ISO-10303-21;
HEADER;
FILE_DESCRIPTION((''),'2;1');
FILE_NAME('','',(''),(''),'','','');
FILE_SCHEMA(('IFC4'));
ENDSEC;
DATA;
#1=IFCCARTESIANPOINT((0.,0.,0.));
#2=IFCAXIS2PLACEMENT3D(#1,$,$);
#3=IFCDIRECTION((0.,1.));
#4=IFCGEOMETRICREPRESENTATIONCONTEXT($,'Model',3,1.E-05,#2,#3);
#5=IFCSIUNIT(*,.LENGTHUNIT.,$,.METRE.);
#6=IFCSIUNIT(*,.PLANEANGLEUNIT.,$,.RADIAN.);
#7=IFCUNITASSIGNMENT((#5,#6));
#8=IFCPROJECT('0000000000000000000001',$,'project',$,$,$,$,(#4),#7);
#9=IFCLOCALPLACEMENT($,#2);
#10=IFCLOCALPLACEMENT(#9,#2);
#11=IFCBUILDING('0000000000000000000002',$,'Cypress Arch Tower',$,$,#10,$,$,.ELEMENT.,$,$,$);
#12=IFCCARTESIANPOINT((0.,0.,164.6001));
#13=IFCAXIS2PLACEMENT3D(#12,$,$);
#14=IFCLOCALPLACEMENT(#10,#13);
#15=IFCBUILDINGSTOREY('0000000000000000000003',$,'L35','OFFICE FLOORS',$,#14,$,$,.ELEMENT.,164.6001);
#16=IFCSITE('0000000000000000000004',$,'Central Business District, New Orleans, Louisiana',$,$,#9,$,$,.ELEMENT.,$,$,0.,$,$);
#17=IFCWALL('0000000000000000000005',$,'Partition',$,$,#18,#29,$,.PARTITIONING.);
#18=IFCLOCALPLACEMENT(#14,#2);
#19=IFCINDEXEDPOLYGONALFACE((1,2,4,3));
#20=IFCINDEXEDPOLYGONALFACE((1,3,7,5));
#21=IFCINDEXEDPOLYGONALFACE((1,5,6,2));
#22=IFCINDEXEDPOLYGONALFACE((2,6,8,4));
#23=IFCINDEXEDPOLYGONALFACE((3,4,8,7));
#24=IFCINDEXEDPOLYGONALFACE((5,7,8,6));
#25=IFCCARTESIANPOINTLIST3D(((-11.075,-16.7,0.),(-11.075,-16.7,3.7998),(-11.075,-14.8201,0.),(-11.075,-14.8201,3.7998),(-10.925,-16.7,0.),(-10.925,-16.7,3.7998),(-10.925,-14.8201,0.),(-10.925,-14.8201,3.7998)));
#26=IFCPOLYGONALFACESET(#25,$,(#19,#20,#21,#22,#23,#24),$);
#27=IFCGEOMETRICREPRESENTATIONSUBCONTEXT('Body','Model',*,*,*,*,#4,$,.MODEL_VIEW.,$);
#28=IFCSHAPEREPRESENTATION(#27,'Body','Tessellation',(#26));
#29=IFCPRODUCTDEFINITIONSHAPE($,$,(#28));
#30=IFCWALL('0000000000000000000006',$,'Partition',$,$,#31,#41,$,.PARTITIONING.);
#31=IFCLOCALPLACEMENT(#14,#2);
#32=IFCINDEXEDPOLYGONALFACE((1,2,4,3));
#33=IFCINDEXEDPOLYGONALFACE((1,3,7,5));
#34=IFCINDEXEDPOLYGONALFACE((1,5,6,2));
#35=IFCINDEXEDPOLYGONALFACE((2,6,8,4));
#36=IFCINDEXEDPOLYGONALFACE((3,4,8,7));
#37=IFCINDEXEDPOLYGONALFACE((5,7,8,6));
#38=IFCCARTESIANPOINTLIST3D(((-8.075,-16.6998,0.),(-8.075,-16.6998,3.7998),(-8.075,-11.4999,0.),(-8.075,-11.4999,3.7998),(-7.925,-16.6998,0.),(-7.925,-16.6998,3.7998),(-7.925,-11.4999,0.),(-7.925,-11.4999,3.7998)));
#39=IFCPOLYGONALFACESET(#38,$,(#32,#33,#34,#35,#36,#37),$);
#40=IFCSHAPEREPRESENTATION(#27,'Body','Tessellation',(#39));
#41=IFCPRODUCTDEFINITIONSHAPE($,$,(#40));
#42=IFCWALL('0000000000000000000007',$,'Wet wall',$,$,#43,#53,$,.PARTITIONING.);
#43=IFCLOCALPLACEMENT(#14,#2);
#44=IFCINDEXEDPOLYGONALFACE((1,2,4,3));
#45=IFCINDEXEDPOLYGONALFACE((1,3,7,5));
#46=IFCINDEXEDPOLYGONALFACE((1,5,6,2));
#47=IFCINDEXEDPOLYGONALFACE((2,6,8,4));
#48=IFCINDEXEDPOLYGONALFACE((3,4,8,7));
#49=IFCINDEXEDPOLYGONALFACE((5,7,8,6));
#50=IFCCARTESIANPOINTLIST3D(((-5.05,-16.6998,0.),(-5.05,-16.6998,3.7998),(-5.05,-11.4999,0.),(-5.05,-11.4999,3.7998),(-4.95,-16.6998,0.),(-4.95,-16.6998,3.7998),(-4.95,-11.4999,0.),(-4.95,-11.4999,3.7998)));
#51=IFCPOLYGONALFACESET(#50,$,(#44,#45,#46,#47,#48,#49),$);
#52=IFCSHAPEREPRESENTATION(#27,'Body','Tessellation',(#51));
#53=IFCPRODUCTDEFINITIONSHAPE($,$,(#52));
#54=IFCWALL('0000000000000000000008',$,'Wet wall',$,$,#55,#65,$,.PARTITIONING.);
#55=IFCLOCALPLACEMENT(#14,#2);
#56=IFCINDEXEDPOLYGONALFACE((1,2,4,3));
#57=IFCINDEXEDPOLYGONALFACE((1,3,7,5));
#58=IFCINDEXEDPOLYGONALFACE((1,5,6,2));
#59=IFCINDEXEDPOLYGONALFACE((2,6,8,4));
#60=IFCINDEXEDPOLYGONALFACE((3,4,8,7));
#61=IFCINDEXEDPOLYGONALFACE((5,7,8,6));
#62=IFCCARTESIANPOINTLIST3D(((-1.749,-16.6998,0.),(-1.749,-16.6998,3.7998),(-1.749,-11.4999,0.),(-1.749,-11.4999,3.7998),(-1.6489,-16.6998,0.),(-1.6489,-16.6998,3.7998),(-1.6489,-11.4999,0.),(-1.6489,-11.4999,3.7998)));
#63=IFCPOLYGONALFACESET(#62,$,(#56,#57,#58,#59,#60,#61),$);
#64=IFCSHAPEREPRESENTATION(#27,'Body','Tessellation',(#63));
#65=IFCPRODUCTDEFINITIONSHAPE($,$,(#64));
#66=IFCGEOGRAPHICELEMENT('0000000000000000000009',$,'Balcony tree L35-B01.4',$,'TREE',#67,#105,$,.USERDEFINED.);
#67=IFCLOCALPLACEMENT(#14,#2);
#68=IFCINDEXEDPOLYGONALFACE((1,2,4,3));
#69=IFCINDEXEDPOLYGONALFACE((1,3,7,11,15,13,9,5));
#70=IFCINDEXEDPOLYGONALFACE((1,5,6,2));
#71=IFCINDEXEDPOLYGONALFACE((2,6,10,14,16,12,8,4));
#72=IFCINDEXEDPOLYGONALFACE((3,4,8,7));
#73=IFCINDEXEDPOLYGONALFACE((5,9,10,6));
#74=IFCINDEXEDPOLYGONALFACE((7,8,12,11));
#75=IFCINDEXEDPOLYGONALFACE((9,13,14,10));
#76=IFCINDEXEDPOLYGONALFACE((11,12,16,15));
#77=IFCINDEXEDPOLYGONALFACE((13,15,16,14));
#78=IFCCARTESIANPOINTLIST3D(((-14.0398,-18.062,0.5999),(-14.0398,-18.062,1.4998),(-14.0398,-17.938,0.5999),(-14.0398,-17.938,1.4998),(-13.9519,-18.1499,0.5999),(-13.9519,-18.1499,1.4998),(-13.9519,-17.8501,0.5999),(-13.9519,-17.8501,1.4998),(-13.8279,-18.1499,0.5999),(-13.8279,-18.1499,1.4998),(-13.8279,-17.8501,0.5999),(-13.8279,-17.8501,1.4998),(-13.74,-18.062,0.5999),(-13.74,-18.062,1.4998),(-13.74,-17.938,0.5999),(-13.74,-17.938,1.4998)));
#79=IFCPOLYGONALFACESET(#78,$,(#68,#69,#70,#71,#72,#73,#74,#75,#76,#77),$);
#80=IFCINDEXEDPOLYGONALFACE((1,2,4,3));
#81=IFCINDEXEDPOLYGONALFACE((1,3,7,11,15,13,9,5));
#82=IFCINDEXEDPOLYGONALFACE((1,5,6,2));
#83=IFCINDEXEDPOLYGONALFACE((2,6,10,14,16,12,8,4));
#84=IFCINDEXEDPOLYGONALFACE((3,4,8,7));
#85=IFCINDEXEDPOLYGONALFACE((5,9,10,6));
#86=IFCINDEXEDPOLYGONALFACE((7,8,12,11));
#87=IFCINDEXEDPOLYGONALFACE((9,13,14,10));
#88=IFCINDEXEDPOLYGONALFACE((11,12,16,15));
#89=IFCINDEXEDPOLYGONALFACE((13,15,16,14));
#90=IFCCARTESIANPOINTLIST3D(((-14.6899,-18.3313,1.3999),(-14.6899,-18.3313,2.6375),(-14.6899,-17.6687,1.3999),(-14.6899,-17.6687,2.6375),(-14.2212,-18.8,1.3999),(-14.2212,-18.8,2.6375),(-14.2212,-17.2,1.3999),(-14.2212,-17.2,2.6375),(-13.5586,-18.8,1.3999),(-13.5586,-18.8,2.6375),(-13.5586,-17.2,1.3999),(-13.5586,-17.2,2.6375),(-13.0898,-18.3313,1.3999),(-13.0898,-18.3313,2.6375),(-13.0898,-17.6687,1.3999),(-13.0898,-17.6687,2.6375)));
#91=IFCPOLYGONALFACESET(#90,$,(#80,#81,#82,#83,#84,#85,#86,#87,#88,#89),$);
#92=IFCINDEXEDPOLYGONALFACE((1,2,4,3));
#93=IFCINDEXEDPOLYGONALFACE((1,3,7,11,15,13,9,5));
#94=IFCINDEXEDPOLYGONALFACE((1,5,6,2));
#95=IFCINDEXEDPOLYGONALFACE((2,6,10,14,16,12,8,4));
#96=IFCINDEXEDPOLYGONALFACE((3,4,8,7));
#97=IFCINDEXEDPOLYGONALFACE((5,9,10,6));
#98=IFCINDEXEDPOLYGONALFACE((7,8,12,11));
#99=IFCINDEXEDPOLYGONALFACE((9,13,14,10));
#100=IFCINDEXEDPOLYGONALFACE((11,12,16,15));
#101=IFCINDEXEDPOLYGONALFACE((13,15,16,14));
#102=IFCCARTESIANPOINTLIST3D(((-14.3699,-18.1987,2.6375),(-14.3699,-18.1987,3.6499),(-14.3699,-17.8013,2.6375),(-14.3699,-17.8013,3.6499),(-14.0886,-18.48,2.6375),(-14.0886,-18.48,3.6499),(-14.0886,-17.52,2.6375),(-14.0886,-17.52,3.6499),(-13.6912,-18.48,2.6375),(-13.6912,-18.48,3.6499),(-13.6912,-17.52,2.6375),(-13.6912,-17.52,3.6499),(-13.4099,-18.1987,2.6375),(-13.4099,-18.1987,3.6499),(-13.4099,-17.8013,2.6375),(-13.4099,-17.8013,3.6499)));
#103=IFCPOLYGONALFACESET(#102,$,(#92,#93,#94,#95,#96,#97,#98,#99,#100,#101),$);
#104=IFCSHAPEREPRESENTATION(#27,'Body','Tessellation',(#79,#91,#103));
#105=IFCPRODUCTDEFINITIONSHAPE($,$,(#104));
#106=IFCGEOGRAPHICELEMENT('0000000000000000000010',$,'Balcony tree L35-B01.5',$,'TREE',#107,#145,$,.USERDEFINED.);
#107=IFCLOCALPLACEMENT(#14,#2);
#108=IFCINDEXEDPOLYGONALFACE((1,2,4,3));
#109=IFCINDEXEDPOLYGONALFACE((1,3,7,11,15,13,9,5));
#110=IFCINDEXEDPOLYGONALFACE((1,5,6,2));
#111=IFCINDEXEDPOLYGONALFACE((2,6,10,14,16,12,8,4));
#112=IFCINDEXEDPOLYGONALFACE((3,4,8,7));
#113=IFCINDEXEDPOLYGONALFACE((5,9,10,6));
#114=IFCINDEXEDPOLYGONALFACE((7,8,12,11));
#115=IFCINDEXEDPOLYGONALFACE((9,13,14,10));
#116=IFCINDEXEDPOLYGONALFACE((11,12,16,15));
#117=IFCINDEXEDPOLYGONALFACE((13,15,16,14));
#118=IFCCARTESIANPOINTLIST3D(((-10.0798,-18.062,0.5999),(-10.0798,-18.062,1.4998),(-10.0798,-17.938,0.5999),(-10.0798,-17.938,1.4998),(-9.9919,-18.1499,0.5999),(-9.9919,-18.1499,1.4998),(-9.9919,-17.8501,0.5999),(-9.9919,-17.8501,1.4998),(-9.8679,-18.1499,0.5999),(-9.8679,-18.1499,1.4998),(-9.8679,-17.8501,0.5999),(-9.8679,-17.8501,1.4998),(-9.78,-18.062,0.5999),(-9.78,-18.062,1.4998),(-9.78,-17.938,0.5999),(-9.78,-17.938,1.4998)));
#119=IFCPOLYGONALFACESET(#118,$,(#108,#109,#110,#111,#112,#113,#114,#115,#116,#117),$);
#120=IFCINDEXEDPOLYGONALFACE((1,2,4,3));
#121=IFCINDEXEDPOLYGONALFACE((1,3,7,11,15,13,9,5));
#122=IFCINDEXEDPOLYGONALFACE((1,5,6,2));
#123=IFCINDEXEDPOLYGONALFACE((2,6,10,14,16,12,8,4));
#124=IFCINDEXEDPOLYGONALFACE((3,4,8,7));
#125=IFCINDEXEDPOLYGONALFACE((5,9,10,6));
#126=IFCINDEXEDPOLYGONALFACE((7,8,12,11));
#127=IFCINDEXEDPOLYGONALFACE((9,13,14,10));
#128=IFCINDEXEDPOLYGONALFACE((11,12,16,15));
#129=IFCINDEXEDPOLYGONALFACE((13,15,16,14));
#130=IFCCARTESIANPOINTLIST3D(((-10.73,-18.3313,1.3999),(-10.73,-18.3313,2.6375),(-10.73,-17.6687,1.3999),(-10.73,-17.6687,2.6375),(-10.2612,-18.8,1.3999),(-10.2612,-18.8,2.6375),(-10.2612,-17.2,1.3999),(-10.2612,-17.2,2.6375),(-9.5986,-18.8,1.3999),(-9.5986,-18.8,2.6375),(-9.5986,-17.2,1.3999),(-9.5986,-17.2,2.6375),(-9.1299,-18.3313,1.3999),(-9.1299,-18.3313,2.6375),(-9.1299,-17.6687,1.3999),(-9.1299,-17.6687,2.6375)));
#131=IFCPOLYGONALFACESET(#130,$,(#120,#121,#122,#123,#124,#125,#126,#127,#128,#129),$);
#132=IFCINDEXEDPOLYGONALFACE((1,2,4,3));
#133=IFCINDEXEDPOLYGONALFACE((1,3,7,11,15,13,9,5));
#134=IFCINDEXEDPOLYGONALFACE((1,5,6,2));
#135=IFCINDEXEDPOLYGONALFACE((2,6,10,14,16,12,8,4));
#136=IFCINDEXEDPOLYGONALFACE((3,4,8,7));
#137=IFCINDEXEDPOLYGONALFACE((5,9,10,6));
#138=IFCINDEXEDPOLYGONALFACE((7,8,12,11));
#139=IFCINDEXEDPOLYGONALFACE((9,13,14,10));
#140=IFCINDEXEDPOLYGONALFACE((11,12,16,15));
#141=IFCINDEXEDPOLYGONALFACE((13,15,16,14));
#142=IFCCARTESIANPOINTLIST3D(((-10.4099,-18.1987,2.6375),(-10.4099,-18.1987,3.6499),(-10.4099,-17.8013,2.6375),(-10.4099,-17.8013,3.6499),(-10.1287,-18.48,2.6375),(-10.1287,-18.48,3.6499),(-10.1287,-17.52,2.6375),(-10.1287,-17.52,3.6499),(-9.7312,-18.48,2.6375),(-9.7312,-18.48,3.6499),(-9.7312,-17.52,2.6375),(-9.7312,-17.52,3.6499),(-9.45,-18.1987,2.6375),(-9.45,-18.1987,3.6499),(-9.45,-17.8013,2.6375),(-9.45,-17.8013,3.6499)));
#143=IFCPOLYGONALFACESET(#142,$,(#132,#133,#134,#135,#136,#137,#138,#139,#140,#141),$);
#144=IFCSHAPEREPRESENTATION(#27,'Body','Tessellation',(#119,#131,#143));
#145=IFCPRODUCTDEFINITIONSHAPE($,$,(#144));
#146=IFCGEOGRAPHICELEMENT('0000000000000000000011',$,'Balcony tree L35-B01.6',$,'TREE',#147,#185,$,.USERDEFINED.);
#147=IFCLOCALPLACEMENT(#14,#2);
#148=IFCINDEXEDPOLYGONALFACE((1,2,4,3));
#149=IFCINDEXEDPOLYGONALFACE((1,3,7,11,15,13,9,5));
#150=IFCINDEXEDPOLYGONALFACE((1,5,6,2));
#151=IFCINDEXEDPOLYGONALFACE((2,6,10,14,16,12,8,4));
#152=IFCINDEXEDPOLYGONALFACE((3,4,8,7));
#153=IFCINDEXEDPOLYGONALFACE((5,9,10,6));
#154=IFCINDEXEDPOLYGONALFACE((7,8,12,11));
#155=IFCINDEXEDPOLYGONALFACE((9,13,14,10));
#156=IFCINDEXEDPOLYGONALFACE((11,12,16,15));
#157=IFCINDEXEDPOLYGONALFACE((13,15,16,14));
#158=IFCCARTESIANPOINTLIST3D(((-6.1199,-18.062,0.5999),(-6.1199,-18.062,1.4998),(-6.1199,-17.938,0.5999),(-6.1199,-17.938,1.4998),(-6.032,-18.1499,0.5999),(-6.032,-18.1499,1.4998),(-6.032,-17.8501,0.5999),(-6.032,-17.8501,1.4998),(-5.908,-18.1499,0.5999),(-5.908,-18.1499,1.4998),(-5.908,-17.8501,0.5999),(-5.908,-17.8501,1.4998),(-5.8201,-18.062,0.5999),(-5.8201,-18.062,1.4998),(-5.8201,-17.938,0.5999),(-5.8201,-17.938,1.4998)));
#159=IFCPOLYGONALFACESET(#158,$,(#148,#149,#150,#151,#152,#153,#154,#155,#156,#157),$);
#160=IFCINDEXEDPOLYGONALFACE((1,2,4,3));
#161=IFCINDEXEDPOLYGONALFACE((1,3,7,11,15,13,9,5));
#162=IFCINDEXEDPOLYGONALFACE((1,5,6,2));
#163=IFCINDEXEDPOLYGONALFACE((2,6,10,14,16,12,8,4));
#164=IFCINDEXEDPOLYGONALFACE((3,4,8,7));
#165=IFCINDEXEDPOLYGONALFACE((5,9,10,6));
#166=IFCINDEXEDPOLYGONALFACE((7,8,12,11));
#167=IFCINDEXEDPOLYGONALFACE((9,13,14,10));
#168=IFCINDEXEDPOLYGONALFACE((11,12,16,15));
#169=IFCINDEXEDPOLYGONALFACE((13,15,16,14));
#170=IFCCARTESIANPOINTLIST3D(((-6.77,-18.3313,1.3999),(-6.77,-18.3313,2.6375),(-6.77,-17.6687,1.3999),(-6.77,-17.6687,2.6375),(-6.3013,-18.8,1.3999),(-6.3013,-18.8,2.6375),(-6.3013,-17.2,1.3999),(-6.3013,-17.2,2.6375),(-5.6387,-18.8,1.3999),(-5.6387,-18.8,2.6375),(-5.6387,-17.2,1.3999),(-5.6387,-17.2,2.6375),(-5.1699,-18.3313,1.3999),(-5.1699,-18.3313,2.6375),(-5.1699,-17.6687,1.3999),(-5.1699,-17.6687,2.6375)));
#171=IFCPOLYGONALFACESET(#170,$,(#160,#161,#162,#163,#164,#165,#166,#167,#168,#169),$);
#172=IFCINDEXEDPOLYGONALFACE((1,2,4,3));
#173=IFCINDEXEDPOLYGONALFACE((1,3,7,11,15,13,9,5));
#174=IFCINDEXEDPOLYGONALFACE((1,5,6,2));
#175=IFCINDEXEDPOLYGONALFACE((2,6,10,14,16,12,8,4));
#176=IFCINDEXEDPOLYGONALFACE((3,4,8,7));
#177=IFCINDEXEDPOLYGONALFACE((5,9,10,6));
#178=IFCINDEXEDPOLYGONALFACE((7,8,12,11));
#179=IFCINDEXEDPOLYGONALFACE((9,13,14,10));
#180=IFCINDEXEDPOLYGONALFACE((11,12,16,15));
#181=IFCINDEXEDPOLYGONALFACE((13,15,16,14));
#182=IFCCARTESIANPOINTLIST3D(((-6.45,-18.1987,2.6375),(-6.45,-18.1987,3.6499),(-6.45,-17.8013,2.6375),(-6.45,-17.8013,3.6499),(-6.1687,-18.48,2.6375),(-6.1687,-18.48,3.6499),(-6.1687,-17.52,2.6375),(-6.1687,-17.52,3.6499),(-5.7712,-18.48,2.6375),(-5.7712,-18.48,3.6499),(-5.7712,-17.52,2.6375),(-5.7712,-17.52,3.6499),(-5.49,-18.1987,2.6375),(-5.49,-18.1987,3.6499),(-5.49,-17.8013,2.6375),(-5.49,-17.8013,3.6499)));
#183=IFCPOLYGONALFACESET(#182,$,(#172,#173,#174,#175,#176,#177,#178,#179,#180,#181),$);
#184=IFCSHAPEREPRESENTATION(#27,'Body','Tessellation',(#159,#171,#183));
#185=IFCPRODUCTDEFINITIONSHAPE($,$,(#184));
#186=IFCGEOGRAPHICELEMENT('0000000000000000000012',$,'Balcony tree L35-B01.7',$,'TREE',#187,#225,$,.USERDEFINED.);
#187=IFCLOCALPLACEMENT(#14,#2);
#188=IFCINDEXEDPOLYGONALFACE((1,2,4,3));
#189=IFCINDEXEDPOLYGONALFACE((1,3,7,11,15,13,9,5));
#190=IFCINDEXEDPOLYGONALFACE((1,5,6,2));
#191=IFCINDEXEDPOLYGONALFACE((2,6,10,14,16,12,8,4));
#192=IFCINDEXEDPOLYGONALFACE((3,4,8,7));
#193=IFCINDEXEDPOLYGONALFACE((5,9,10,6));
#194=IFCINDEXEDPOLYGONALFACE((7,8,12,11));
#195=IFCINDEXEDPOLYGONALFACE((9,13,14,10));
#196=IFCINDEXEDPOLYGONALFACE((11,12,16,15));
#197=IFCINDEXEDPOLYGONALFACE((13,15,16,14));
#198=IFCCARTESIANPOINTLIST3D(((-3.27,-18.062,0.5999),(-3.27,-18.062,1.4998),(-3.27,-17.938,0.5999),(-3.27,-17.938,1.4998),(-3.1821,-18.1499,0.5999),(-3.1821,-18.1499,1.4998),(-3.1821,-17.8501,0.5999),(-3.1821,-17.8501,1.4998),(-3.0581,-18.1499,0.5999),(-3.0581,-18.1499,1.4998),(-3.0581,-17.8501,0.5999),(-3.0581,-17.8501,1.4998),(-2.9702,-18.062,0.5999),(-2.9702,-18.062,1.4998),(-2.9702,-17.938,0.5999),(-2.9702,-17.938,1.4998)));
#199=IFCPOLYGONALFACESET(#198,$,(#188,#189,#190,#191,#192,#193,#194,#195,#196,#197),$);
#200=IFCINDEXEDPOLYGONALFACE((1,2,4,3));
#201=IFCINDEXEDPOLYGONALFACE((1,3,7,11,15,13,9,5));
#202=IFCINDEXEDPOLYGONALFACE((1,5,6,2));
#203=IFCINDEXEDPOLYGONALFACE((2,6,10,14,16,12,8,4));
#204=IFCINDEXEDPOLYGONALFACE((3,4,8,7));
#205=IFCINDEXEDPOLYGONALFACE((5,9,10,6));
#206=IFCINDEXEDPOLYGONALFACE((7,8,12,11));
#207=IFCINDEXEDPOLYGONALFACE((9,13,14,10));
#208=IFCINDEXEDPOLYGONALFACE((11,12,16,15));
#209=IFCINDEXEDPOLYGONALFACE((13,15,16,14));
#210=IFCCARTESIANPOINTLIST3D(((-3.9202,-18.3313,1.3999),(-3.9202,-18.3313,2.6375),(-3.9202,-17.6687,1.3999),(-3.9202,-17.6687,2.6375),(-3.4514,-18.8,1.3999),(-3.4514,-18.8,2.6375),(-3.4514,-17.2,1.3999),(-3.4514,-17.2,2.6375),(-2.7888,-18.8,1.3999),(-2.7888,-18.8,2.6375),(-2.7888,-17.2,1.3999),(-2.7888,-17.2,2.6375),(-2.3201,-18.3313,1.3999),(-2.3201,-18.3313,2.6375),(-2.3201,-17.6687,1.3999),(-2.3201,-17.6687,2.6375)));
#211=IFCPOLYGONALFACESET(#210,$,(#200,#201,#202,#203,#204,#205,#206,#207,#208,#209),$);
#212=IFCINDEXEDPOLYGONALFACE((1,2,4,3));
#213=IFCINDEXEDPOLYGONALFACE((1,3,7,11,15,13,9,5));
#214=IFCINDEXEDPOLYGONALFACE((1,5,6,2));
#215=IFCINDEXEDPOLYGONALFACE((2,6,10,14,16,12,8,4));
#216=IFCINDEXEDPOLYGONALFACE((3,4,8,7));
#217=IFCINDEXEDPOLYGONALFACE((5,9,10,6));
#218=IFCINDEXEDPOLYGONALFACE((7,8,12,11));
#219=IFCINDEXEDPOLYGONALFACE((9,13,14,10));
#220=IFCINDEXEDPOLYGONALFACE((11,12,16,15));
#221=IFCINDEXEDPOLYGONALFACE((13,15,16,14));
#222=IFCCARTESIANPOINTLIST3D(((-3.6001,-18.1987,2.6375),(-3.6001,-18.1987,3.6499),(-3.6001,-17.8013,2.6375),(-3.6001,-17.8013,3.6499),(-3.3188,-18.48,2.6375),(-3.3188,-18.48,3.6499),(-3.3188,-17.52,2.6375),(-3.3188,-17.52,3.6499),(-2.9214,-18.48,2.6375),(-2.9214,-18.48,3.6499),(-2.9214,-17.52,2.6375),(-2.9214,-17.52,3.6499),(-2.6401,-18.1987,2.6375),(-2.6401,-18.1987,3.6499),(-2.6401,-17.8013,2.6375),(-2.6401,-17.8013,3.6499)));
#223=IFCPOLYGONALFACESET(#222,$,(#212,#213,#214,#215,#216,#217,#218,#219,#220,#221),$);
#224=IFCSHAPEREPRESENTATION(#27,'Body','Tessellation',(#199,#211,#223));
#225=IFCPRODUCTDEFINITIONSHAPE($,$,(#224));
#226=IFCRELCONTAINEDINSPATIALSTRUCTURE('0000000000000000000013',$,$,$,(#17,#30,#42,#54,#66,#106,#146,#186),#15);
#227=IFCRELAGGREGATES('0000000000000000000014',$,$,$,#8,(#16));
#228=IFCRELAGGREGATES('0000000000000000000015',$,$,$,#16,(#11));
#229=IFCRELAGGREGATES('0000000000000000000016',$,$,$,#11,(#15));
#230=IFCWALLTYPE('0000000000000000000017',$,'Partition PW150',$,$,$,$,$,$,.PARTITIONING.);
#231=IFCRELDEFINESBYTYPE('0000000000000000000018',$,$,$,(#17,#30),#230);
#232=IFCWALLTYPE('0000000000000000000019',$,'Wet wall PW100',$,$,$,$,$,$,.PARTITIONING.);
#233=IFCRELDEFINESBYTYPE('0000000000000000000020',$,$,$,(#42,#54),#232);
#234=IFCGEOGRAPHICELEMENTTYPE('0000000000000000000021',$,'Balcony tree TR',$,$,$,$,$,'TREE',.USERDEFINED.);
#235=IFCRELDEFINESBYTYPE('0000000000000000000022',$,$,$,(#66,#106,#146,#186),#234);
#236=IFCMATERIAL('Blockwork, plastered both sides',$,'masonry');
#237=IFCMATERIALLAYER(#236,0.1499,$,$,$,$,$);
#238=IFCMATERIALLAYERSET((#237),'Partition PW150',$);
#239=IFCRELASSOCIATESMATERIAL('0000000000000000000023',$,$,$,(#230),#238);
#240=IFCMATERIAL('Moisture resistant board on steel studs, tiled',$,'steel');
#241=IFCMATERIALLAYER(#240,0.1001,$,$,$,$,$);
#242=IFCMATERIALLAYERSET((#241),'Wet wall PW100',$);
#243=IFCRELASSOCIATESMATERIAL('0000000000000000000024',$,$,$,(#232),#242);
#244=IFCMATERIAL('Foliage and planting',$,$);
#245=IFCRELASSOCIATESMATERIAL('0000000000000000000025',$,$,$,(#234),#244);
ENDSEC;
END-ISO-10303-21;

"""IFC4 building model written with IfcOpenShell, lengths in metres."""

from ifc_helpers import new_model, si_unit, direction, frame, frame_2d, origin, place, context, subcontext, project, spatial, polyline, rectangle, outline, extrude, material, layer, layer_set, type_object, element, save


model = new_model("IFC4")

# Units and contexts
model_context = context("Model", 3, precision=1e-05, world=origin(), true_north=direction((0.0, 1.0)))
body_context = subcontext(model_context, "Body", "Model", "MODEL_VIEW")
ifc_project = project(units=[si_unit("LENGTHUNIT", "METRE"), si_unit("PLANEANGLEUNIT", "RADIAN")], contexts=[model_context])

# Site, building, storey
site_placement = place(None, origin())
site = spatial("IfcSite", under=ifc_project, at=site_placement, Name="Central Business District, New Orleans, Louisiana", CompositionType="ELEMENT", RefElevation=0.0)
building_placement = place(site_placement, origin())
building = spatial("IfcBuilding", under=site, at=building_placement, Name="Cypress Arch Tower", CompositionType="ELEMENT")
storey_placement = place(building_placement, frame((0.0, 0.0, 164.6001)))
storey = spatial("IfcBuildingStorey", under=building, at=storey_placement, Name="L35", Description="OFFICE FLOORS", CompositionType="ELEMENT", Elevation=164.6001)

# Walls
ifc_material_1 = material(Name="Blockwork, plastered both sides", Category="masonry")
ifc_layer_1 = layer(ifc_material_1, 0.1499)
ifc_layer_set_1 = layer_set([ifc_layer_1], Name="Partition PW150")
wall_type_1 = type_object("IfcWallType", Name="Partition PW150", PredefinedType="PARTITIONING", material=ifc_layer_set_1)
wall_1_placement = place(storey_placement, frame((-11.0, -16.7, 0.0), z_axis=(0.0, 0.0, 1.0), x_axis=(0.0, 1.0, 0.0)))
element("IfcWall", 1, at=wall_1_placement, inside=storey, type_object=wall_type_1, Name="Partition", PredefinedType="PARTITIONING", context=body_context, shape_type="SweptSolid", body=[
    extrude(rectangle(XDim=1.8799, YDim=0.1499, at=frame_2d((0.9399, 0.0))), origin(), (0.0, 0.0, 1.0), 3.7998),
])
wall_2_placement = place(storey_placement, frame((-8.0, -16.7, 0.0), z_axis=(0.0, 0.0, 1.0), x_axis=(0.0, 1.0, 0.0)))
element("IfcWall", 2, at=wall_2_placement, inside=storey, type_object=wall_type_1, Name="Partition", PredefinedType="PARTITIONING", context=body_context, shape_type="SweptSolid", body=[
    extrude(rectangle(XDim=5.2, YDim=0.1499, at=frame_2d((2.6001, 0.0))), origin(), (0.0, 0.0, 1.0), 3.7998),
])
ifc_material_2 = material(Name="Moisture resistant board on steel studs, tiled", Category="steel")
ifc_layer_2 = layer(ifc_material_2, 0.1001)
ifc_layer_set_2 = layer_set([ifc_layer_2], Name="Wet wall PW100")
wall_type_2 = type_object("IfcWallType", Name="Wet wall PW100", PredefinedType="PARTITIONING", material=ifc_layer_set_2)
for number, where, z_axis, x_axis, name in (
    (3, (-5.0, -16.7, 0.0), (0.0, 0.0, 1.0), (0.0, 1.0, 0.0), "Wet wall"),
    (4, (-1.699, -16.7, 0.0), (0.0, 0.0, 1.0), (0.0, 1.0, 0.0), "Wet wall"),
):
    element("IfcWall", number, at=place(storey_placement, frame(where, z_axis=z_axis, x_axis=x_axis)), inside=storey, type_object=wall_type_2, Name=name, PredefinedType="PARTITIONING", context=body_context, shape_type="SweptSolid", body=[
        extrude(rectangle(XDim=5.2, YDim=0.1001, at=frame_2d((2.6001, 0.0))), origin(), (0.0, 0.0, 1.0), 3.7998),
    ])

# Geographic elements
ifc_material_3 = material(Name="Foliage and planting")
geographic_element_type = type_object("IfcGeographicElementType", Name="Balcony tree TR", ElementType="TREE", PredefinedType="USERDEFINED", material=ifc_material_3)
for number, where, z_axis, x_axis, name in (
    (5, (-13.8899, -18.0, 0.5999), (0.0, 0.0, 1.0), (1.0, 0.0, 0.0), "Balcony tree L35-B01.4"),
    (6, (-9.9299, -18.0, 0.5999), (0.0, 0.0, 1.0), (1.0, 0.0, 0.0), "Balcony tree L35-B01.5"),
    (7, (-5.97, -18.0, 0.5999), (0.0, 0.0, 1.0), (1.0, 0.0, 0.0), "Balcony tree L35-B01.6"),
    (8, (-3.1201, -18.0, 0.5999), (0.0, 0.0, 1.0), (1.0, 0.0, 0.0), "Balcony tree L35-B01.7"),
):
    element("IfcGeographicElement", number, at=place(storey_placement, frame(where, z_axis=z_axis, x_axis=x_axis)), inside=storey, type_object=geographic_element_type, Name=name, ObjectType="TREE", PredefinedType="USERDEFINED", context=body_context, shape_type="SweptSolid", body=[
        extrude(outline(polyline([(0.1499, 0.062), (0.062, 0.1499), (-0.062, 0.1499), (-0.1499, 0.062), (-0.1499, -0.062), (-0.062, -0.1499), (0.062, -0.1499), (0.1499, -0.062), (0.1499, 0.062)])), origin(), (0.0, 0.0, 1.0), 0.8999),
        extrude(outline(polyline([(0.8, 0.3313), (0.3313, 0.8), (-0.3313, 0.8), (-0.8, 0.3313), (-0.8, -0.3313), (-0.3313, -0.8), (0.3313, -0.8), (0.8, -0.3313), (0.8, 0.3313)])), frame((0.0, 0.0, 0.8)), (0.0, 0.0, 1.0), 1.2375),
        extrude(outline(polyline([(0.48, 0.1987), (0.1987, 0.48), (-0.1987, 0.48), (-0.48, 0.1987), (-0.48, -0.1987), (-0.1987, -0.48), (0.1987, -0.48), (0.48, -0.1987), (0.48, 0.1987)])), frame((0.0, 0.0, 2.0376)), (0.0, 0.0, 1.0), 1.0125),
    ])

save(model, "model.ifc")
